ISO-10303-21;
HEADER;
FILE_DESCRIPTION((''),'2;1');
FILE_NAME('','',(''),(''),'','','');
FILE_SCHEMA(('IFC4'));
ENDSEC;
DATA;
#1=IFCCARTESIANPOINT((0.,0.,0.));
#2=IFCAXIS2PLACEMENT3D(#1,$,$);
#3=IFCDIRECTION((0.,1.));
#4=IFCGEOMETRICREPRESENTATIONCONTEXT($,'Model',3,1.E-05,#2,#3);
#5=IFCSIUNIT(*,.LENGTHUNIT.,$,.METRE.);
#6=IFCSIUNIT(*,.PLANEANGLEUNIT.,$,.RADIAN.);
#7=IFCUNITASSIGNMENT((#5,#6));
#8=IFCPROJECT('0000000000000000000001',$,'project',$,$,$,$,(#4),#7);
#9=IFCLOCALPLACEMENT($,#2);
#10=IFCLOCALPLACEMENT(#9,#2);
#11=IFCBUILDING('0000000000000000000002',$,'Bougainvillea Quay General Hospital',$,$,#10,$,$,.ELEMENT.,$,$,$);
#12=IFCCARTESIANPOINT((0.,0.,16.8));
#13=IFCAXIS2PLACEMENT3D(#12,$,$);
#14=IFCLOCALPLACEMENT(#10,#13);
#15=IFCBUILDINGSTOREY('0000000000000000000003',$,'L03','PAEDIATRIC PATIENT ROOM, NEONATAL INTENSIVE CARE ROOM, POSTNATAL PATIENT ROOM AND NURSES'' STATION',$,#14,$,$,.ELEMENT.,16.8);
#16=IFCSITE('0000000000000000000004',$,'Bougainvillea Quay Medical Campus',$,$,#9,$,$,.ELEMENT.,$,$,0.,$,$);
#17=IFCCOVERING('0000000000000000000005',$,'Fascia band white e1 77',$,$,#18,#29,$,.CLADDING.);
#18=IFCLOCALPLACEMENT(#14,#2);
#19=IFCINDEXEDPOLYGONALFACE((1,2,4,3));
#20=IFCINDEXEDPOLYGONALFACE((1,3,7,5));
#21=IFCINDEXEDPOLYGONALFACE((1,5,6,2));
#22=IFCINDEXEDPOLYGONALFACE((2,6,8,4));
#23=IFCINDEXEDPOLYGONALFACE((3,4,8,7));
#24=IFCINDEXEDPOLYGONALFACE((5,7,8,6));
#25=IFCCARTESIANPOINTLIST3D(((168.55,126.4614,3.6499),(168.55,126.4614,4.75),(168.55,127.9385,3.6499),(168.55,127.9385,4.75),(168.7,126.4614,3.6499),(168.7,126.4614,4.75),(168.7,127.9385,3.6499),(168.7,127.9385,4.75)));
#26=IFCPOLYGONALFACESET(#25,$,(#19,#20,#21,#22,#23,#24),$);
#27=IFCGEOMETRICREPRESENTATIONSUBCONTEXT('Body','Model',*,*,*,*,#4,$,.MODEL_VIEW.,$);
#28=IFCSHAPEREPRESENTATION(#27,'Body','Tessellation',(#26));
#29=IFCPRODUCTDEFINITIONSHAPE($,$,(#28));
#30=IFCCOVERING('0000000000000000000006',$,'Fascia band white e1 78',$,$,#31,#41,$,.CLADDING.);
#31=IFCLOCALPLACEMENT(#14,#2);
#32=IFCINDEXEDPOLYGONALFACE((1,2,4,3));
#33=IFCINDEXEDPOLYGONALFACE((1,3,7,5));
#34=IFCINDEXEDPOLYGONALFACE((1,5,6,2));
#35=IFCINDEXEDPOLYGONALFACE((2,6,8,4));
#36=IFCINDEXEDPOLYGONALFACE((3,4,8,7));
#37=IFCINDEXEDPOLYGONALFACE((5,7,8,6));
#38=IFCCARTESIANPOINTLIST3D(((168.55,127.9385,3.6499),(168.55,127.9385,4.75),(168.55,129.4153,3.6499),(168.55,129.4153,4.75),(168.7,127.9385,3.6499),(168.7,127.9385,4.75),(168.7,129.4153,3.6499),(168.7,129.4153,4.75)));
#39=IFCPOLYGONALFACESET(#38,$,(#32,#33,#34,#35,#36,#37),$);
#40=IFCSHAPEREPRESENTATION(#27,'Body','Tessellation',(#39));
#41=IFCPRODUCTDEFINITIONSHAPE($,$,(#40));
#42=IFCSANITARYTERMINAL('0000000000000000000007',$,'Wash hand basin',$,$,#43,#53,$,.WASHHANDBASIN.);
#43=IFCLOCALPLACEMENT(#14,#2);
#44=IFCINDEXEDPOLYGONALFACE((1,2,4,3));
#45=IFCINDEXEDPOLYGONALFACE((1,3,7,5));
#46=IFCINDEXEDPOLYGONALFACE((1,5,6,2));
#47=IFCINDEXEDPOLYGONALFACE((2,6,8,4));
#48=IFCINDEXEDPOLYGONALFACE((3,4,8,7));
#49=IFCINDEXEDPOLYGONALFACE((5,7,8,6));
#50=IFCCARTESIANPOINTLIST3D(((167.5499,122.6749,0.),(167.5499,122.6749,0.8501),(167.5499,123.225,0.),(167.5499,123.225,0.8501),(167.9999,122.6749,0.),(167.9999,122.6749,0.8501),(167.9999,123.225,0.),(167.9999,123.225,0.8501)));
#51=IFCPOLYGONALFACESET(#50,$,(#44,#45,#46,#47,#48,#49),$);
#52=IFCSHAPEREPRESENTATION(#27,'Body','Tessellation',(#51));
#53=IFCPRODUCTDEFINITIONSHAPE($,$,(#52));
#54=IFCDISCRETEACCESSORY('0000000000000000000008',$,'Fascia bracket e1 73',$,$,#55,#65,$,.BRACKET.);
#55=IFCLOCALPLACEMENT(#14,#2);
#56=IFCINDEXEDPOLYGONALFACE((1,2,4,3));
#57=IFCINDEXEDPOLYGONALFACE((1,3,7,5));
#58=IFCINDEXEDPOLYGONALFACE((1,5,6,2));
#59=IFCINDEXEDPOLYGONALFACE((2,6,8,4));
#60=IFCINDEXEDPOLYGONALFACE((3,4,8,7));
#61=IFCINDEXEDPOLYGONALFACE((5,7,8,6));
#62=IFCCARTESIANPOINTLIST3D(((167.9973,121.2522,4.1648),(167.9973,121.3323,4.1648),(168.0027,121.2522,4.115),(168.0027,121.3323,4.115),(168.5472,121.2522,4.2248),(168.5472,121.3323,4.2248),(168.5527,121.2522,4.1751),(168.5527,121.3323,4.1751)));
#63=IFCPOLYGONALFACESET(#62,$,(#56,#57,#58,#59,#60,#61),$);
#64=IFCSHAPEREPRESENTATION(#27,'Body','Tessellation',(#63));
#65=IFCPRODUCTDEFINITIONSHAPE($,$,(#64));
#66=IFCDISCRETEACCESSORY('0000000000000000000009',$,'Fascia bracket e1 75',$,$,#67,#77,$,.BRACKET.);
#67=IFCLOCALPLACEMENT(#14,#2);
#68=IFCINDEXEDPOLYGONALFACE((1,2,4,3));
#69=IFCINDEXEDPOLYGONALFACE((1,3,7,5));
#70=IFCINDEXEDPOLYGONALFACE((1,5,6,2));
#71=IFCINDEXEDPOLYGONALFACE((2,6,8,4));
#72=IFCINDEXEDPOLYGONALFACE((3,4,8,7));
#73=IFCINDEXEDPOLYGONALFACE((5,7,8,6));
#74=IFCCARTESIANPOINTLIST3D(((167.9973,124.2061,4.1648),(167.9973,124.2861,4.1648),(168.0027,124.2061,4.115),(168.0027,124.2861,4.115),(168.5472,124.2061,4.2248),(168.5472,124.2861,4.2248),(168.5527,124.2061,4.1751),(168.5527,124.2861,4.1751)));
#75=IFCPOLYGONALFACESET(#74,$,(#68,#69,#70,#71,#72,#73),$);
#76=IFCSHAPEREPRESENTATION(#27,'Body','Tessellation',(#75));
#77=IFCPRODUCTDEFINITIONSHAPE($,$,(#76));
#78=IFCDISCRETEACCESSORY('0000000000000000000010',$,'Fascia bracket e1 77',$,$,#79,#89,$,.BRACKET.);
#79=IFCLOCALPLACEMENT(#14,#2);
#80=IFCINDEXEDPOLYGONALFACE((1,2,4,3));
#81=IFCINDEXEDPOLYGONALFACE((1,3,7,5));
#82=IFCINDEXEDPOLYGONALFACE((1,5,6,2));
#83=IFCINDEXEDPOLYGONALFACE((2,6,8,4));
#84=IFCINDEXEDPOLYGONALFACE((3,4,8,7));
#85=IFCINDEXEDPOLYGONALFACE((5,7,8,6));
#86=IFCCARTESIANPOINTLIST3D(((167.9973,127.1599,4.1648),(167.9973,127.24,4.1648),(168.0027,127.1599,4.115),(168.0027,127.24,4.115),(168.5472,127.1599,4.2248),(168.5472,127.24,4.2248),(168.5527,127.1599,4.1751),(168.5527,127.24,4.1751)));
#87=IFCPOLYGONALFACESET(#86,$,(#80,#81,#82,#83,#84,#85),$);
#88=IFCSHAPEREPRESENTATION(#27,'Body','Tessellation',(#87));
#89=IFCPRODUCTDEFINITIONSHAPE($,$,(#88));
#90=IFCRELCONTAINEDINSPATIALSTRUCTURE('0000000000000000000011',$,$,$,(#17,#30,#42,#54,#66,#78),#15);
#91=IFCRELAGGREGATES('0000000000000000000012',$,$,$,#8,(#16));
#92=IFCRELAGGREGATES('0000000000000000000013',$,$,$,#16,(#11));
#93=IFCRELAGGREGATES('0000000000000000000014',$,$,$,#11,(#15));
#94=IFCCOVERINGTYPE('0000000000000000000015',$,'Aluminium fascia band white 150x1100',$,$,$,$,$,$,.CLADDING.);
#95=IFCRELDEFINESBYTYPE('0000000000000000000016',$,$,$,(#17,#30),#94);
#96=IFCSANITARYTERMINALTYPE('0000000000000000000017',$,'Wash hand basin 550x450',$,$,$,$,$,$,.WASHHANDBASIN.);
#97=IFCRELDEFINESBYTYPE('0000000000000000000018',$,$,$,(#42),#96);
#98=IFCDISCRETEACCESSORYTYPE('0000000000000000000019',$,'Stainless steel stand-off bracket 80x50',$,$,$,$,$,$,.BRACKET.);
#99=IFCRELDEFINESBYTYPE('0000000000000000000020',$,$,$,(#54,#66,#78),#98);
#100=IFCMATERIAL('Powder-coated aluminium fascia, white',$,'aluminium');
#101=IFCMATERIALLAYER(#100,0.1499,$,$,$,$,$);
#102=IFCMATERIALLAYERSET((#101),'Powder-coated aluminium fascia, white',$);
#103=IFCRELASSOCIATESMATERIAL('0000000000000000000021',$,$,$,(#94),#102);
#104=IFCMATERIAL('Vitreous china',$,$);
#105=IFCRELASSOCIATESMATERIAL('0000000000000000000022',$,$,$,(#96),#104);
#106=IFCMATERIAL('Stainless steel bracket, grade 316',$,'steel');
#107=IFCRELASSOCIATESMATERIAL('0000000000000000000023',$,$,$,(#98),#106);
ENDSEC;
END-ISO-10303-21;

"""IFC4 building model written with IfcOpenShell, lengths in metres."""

from ifc_helpers import new_model, si_unit, direction, frame, origin, origin_2d, place, context, subcontext, project, spatial, polyline, rectangle, outline, extrude, material, layer, layer_set, material_profile, profile_set, type_object, element, save


model = new_model("IFC4")

# Units and contexts
model_context = context("Model", 3, precision=1e-05, world=origin(), true_north=direction((0.0, 1.0)))
body_context = subcontext(model_context, "Body", "Model", "MODEL_VIEW")
ifc_project = project(units=[si_unit("LENGTHUNIT", "METRE"), si_unit("PLANEANGLEUNIT", "RADIAN")], contexts=[model_context])

# Site, building, storey
site_placement = place(None, origin())
site = spatial("IfcSite", under=ifc_project, at=site_placement, Name="Bougainvillea Quay Medical Campus", CompositionType="ELEMENT", RefElevation=0.0)
building_placement = place(site_placement, origin())
building = spatial("IfcBuilding", under=site, at=building_placement, Name="Bougainvillea Quay General Hospital", CompositionType="ELEMENT")
storey_placement = place(building_placement, frame((0.0, 0.0, 16.8)))
storey = spatial("IfcBuildingStorey", under=building, at=storey_placement, Name="L03", Description="PAEDIATRIC PATIENT ROOM, NEONATAL INTENSIVE CARE ROOM, POSTNATAL PATIENT ROOM AND NURSES' STATION", CompositionType="ELEMENT", Elevation=16.8)

# Coverings
ifc_material_1 = material(Name="Powder-coated aluminium fascia, white", Category="aluminium")
ifc_layer_1 = layer(ifc_material_1, 0.1499)
ifc_layer_set_1 = layer_set([ifc_layer_1], Name="Powder-coated aluminium fascia, white")
covering_type = type_object("IfcCoveringType", Name="Aluminium fascia band white 150x1100", PredefinedType="CLADDING", material=ifc_layer_set_1)
covering_1_placement = place(storey_placement, frame((168.55, 126.4614, 3.6499), z_axis=(0.0, 0.0, 1.0), x_axis=(0.0, 1.0, 0.0)))
element("IfcCovering", 1, at=covering_1_placement, inside=storey, type_object=covering_type, Name="Fascia band white e1 77", PredefinedType="CLADDING", context=body_context, shape_type="SweptSolid", body=[
    extrude(outline(polyline([(0.0, 0.0), (1.4771, 0.0), (1.4771, -0.1499), (0.0, -0.1499), (0.0, 0.0)])), origin(), (0.0, 0.0, 1.0), 1.1001),
])
covering_2_placement = place(storey_placement, frame((168.55, 127.9385, 3.6499), z_axis=(0.0, 0.0, 1.0), x_axis=(0.0, 1.0, 0.0)))
element("IfcCovering", 2, at=covering_2_placement, inside=storey, type_object=covering_type, Name="Fascia band white e1 78", PredefinedType="CLADDING", context=body_context, shape_type="SweptSolid", body=[
    extrude(outline(polyline([(0.0, 0.0), (1.4768, 0.0), (1.4768, -0.1499), (0.0, -0.1499), (0.0, 0.0)])), origin(), (0.0, 0.0, 1.0), 1.1001),
])

# Sanitary terminal
ifc_material_2 = material(Name="Vitreous china")
sanitary_terminal_type = type_object("IfcSanitaryTerminalType", Name="Wash hand basin 550x450", PredefinedType="WASHHANDBASIN", material=ifc_material_2)
sanitary_terminal_placement = place(storey_placement, frame((167.7749, 122.95, 0.0), z_axis=(0.0, 0.0, 1.0), x_axis=(0.0, -1.0, 0.0)))
element("IfcSanitaryTerminal", 3, at=sanitary_terminal_placement, inside=storey, type_object=sanitary_terminal_type, Name="Wash hand basin", PredefinedType="WASHHANDBASIN", context=body_context, shape_type="SweptSolid", body=[
    extrude(rectangle(XDim=0.55, YDim=0.45, at=origin_2d()), origin(), (0.0, 0.0, 1.0), 0.8501),
])

# Discrete accessories
ifc_material_3 = material(Name="Stainless steel bracket, grade 316", Category="steel")
ifc_material_profile_1 = material_profile(ifc_material_3, rectangle(XDim=0.0801, YDim=0.05, at=origin_2d()))
ifc_profile_set_1 = profile_set([ifc_material_profile_1], Name="Stainless steel bracket, grade 316")
discrete_accessory_type = type_object("IfcDiscreteAccessoryType", Name="Stainless steel stand-off bracket 80x50", PredefinedType="BRACKET", material=ifc_profile_set_1)
for number, where, z_axis, x_axis, name in (
    (4, (168.0, 121.2922, 4.1399), (0.994092, 0.0, 0.108543), (0.0, 1.0, 0.0), "Fascia bracket e1 73"),
    (5, (168.0, 124.2461, 4.1399), (0.994092, 0.0, 0.108543), (0.0, 1.0, 0.0), "Fascia bracket e1 75"),
    (6, (168.0, 127.2, 4.1399), (0.994092, 0.0, 0.108543), (0.0, 1.0, 0.0), "Fascia bracket e1 77"),
):
    element("IfcDiscreteAccessory", number, at=place(storey_placement, frame(where, z_axis=z_axis, x_axis=x_axis)), inside=storey, type_object=discrete_accessory_type, Name=name, PredefinedType="BRACKET", context=body_context, shape_type="SweptSolid", body=[
        extrude(rectangle(XDim=0.0801, YDim=0.05, at=origin_2d()), origin(), (0.0, 0.0, 1.0), 0.5532),
    ])

save(model, "model.ifc")
